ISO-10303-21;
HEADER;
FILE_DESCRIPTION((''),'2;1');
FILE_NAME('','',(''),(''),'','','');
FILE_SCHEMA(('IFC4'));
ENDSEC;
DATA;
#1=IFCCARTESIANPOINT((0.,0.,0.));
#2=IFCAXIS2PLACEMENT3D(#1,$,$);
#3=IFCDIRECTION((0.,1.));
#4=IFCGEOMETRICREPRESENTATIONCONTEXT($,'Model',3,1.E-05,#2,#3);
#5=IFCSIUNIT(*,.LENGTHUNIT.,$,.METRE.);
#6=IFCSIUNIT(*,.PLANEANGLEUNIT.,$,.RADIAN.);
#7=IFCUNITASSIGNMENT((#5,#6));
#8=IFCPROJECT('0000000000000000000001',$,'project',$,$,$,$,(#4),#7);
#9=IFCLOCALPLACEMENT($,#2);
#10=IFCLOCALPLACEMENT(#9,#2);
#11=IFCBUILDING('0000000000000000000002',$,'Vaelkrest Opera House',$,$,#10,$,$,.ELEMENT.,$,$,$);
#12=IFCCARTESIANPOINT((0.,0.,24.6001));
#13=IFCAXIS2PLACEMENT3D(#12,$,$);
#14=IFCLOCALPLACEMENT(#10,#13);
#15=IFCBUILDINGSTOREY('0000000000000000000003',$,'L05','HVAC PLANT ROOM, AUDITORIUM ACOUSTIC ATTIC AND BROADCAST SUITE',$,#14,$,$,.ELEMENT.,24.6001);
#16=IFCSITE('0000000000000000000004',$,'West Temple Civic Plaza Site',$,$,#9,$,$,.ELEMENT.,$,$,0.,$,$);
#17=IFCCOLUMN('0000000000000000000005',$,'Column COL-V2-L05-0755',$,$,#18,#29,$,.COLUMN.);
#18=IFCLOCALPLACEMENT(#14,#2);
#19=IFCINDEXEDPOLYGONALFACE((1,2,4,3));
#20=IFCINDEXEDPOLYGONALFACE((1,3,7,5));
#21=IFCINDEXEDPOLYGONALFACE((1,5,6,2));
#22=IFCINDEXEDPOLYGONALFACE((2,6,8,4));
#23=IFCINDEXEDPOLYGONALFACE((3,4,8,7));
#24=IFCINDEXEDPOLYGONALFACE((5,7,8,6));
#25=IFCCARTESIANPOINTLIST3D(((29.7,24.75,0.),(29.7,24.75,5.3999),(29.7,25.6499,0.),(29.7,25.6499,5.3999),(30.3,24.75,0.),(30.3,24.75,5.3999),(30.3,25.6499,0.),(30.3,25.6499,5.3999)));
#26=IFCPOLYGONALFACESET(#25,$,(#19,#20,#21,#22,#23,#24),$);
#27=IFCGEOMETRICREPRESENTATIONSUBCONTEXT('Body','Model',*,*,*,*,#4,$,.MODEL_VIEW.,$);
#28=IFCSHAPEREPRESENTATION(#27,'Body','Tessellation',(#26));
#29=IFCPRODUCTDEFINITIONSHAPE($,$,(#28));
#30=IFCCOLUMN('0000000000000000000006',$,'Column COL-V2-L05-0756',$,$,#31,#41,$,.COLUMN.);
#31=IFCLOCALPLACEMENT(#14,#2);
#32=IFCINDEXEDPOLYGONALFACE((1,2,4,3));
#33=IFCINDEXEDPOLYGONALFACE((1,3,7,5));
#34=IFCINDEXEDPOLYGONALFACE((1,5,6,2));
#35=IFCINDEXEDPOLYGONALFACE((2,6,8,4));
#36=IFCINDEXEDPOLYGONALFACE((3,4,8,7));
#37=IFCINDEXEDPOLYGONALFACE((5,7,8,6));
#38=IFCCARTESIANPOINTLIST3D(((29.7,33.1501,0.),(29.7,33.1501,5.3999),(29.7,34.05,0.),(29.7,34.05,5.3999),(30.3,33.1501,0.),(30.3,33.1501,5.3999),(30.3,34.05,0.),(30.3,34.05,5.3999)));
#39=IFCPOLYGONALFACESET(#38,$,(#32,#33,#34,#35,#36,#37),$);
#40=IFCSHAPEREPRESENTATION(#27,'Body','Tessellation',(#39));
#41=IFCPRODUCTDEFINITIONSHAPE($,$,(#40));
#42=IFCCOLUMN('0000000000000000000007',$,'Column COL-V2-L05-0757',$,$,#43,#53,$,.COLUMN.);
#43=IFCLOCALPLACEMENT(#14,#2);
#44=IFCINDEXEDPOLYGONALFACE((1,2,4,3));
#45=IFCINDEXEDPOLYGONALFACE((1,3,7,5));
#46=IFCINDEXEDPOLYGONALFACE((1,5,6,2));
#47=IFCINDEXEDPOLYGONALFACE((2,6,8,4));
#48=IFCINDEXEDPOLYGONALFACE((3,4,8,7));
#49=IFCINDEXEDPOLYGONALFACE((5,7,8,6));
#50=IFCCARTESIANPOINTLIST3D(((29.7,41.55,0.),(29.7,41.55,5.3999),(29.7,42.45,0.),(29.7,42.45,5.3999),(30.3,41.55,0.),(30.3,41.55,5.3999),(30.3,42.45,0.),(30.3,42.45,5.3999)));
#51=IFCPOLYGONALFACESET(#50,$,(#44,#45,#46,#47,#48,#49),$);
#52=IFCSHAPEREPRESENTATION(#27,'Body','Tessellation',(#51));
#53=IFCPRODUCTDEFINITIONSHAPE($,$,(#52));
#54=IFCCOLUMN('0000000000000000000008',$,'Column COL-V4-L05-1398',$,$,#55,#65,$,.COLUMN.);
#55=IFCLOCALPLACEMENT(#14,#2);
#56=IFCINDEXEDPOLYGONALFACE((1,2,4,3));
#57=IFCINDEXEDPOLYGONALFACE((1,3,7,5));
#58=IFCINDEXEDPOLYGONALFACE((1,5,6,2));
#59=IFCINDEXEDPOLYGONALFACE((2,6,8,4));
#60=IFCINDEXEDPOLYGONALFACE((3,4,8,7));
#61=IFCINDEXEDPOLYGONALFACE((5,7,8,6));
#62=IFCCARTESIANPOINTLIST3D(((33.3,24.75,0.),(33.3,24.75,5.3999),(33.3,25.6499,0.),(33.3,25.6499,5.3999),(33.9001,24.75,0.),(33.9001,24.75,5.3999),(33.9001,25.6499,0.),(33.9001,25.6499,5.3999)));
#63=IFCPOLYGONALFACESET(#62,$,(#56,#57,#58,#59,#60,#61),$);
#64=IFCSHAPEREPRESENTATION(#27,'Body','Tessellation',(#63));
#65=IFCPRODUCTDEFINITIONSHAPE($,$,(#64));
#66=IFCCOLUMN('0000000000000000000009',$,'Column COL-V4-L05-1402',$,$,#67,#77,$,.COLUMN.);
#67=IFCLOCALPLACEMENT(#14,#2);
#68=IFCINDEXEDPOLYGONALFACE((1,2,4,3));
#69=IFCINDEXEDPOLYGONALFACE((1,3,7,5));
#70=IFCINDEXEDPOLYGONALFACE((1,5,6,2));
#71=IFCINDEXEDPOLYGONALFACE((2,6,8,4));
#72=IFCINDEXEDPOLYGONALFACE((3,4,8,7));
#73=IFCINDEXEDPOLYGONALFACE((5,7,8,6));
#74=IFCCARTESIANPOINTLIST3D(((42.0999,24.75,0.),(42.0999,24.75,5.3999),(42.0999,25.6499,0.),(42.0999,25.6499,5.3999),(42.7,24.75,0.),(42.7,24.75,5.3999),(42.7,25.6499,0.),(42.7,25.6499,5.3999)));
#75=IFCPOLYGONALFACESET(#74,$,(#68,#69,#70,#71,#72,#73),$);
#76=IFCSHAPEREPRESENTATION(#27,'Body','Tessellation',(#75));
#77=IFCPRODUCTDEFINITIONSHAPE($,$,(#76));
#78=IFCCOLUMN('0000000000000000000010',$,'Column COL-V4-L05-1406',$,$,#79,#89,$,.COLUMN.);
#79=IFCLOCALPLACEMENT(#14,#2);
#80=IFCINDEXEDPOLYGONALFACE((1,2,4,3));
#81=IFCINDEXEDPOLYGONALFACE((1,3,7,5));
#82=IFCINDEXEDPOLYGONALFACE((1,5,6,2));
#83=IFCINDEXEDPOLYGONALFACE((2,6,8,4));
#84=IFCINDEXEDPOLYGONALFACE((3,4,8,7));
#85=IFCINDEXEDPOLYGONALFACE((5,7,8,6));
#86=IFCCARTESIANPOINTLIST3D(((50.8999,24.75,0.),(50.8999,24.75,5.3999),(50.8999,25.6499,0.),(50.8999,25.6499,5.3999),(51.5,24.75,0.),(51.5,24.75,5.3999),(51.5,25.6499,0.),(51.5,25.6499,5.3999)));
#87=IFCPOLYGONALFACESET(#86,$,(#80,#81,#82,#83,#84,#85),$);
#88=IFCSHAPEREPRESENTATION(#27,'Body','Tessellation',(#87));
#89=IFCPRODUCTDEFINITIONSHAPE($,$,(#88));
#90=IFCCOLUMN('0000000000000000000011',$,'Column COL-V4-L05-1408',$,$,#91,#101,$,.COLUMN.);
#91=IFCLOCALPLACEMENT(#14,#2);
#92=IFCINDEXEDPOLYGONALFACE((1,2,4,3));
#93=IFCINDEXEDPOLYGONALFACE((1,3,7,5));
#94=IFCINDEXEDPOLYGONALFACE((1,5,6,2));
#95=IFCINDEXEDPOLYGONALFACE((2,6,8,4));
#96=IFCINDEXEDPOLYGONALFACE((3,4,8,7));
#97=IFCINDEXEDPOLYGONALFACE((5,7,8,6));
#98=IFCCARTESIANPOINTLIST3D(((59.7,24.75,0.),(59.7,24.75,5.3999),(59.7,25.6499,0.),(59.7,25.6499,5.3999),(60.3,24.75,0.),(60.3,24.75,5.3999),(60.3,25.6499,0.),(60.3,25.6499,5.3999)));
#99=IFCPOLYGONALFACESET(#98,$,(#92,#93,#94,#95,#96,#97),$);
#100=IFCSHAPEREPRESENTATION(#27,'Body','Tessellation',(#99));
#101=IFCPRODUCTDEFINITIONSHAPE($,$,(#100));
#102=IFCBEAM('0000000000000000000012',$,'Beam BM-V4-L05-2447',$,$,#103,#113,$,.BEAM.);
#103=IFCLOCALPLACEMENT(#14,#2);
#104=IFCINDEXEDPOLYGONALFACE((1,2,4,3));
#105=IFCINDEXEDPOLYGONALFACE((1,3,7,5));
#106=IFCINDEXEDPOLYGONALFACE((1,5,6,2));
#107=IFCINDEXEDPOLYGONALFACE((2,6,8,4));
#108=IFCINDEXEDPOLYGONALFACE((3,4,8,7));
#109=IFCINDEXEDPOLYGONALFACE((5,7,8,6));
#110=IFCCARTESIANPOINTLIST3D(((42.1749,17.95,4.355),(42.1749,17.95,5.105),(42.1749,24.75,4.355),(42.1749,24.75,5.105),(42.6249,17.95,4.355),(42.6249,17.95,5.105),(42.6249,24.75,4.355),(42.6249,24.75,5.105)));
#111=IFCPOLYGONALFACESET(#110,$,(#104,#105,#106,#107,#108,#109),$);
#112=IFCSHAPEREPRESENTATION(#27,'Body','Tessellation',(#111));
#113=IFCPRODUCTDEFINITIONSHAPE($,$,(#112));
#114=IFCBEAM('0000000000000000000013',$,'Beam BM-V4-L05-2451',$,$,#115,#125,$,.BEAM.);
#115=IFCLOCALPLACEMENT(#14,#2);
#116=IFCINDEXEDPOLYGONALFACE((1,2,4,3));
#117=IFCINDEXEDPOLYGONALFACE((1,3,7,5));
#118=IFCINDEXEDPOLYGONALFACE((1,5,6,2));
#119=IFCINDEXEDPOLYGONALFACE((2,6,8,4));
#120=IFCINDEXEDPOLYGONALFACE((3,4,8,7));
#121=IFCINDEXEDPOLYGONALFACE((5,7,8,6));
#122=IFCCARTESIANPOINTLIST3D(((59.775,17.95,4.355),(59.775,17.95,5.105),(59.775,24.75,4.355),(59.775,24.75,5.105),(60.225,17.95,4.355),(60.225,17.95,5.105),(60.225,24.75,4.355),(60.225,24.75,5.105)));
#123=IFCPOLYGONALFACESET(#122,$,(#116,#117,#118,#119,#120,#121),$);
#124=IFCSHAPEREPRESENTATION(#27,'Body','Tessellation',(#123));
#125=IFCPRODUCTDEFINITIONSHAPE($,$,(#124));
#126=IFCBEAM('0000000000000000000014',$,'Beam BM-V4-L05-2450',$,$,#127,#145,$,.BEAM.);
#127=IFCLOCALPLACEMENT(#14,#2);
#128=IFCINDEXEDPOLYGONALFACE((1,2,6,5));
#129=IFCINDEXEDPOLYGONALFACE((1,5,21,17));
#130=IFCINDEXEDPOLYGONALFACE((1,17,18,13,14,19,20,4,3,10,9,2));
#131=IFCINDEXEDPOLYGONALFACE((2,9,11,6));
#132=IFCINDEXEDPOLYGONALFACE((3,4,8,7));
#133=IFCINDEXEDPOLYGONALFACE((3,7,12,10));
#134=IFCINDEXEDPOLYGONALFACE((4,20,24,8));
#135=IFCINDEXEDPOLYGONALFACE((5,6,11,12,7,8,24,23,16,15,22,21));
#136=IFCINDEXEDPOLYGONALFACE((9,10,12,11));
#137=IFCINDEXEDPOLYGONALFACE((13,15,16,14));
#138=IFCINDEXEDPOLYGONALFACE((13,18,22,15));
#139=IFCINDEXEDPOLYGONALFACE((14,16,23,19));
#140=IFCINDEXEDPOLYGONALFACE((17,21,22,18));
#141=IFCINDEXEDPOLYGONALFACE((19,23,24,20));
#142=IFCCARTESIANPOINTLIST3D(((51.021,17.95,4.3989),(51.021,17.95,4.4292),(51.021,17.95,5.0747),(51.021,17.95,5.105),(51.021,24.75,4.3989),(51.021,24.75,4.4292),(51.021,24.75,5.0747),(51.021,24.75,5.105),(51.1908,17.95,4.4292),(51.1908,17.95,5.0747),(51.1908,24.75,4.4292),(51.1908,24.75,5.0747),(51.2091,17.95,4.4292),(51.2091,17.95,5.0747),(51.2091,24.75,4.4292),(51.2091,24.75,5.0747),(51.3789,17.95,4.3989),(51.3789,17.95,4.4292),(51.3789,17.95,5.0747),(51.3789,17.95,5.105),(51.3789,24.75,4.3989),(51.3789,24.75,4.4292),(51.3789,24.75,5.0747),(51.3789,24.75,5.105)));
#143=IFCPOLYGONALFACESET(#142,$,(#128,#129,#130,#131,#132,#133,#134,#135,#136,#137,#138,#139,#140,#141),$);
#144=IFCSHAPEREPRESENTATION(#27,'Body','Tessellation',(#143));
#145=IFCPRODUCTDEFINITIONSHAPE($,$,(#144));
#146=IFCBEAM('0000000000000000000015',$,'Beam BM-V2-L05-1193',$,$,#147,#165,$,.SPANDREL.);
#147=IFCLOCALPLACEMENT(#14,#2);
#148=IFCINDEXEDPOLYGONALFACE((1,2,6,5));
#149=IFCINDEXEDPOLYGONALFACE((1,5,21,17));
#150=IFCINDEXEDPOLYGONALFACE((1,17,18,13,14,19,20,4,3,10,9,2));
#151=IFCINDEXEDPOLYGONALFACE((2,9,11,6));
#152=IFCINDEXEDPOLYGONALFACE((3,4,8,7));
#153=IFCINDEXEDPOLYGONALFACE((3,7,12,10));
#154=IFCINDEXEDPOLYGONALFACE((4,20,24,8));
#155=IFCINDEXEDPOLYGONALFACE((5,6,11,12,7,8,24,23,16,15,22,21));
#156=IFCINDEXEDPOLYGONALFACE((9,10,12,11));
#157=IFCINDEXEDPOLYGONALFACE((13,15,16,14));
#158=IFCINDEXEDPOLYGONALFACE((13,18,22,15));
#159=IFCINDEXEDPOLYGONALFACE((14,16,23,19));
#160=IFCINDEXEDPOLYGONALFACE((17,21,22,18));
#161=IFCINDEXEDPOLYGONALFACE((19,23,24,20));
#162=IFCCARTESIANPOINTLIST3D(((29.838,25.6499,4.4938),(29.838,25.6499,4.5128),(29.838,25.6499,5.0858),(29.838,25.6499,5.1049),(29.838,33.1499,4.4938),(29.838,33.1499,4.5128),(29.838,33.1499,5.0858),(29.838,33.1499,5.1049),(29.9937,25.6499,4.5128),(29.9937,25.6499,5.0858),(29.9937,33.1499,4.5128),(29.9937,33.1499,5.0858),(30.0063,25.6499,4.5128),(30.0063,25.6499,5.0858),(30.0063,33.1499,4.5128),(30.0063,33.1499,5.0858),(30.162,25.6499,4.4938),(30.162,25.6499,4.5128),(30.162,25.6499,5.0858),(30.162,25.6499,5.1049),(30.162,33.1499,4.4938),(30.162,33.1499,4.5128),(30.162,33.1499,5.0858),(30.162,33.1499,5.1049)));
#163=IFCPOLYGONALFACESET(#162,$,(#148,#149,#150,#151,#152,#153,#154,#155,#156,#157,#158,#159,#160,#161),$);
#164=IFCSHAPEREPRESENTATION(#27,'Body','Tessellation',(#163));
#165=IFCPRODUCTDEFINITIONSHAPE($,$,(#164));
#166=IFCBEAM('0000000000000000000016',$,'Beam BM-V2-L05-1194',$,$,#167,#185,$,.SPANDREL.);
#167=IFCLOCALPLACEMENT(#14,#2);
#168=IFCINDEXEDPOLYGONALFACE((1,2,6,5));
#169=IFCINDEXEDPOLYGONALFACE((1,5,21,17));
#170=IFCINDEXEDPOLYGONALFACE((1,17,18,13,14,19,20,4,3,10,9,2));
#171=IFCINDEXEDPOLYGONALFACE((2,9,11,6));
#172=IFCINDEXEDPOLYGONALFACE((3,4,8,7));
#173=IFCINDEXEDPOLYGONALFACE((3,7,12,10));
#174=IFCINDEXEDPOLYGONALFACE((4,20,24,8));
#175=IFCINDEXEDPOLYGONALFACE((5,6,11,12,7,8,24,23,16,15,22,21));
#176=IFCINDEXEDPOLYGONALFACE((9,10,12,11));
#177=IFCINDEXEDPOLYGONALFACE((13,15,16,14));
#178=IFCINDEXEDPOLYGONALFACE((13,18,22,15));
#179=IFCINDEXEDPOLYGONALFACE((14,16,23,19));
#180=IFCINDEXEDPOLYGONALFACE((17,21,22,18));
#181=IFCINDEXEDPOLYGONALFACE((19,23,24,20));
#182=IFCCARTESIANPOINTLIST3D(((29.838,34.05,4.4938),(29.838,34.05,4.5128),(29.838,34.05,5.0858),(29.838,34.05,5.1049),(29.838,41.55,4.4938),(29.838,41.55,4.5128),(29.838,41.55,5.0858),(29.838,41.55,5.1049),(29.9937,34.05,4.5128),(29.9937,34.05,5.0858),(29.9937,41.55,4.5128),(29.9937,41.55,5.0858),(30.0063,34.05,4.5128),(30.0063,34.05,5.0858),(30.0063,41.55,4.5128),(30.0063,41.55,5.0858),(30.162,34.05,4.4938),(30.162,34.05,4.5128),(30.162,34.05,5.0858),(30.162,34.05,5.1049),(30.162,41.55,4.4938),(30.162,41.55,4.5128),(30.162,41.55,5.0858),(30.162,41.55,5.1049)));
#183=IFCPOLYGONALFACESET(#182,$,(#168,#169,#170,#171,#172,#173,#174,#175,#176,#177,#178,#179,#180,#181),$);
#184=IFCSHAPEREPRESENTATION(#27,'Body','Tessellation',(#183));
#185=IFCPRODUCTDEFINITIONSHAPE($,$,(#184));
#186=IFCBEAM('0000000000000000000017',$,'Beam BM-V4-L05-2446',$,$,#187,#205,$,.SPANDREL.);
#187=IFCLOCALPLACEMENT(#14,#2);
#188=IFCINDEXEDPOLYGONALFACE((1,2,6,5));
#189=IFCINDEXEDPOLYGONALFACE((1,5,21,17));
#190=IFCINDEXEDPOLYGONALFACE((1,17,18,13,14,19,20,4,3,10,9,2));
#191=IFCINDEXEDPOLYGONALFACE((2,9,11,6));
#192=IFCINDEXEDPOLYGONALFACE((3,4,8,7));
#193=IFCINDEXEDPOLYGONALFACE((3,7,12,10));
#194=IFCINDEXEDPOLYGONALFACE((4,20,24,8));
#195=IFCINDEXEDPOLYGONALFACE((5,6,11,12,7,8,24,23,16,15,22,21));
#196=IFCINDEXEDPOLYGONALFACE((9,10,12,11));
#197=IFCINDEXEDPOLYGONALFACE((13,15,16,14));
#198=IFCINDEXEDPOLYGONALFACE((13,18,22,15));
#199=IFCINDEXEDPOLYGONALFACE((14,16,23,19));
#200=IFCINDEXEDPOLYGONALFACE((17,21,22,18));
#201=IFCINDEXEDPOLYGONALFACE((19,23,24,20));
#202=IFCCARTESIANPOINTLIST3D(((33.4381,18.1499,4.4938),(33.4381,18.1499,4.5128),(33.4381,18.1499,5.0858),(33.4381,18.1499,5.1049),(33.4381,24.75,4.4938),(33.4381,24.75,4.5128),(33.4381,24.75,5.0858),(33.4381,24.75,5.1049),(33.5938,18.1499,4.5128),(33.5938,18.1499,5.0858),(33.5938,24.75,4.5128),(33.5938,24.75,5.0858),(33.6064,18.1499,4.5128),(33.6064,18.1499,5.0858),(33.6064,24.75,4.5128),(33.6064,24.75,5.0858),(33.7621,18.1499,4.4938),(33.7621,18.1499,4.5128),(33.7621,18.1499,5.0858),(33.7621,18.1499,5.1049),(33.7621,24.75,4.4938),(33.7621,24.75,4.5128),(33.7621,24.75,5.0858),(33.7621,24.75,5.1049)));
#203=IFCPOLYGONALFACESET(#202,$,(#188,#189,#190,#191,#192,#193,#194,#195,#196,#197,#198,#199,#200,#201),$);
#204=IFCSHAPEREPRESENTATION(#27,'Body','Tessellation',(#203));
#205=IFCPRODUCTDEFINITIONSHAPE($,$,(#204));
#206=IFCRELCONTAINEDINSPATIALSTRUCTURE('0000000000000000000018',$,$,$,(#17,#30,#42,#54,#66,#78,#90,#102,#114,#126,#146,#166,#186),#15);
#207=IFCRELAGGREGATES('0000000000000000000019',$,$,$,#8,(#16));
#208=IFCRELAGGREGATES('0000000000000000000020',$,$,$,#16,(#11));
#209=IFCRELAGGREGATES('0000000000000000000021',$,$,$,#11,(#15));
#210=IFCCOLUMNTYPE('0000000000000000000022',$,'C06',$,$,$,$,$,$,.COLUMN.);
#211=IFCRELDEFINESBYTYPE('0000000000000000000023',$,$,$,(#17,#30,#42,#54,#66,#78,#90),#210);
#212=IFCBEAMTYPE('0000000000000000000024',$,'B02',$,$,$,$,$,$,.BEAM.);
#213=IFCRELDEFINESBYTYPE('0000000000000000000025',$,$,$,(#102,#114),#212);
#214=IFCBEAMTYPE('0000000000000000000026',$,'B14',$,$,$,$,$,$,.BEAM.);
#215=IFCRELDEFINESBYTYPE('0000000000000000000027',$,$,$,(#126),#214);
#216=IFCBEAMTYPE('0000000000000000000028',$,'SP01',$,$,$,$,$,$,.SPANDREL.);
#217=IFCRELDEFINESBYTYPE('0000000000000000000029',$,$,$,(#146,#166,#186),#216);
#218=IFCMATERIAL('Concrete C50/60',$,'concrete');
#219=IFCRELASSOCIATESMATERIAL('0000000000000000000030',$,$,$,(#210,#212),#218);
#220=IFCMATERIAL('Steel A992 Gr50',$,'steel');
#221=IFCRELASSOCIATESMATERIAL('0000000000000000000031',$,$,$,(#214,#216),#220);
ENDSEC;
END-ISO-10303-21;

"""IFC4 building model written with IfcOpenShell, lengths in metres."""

from ifc_helpers import new_model, si_unit, direction, frame, origin, origin_2d, place, context, subcontext, project, spatial, rectangle, i_section, extrude, material, material_profile, profile_set, type_object, element, save


model = new_model("IFC4")

# Units and contexts
model_context = context("Model", 3, precision=1e-05, world=origin(), true_north=direction((0.0, 1.0)))
body_context = subcontext(model_context, "Body", "Model", "MODEL_VIEW")
ifc_project = project(units=[si_unit("LENGTHUNIT", "METRE"), si_unit("PLANEANGLEUNIT", "RADIAN")], contexts=[model_context])

# Site, building, storey
site_placement = place(None, origin())
site = spatial("IfcSite", under=ifc_project, at=site_placement, Name="West Temple Civic Plaza Site", CompositionType="ELEMENT", RefElevation=0.0)
building_placement = place(site_placement, origin())
building = spatial("IfcBuilding", under=site, at=building_placement, Name="Vaelkrest Opera House", CompositionType="ELEMENT")
storey_placement = place(building_placement, frame((0.0, 0.0, 24.6001)))
storey = spatial("IfcBuildingStorey", under=building, at=storey_placement, Name="L05", Description="HVAC PLANT ROOM, AUDITORIUM ACOUSTIC ATTIC AND BROADCAST SUITE", CompositionType="ELEMENT", Elevation=24.6001)

# Columns
ifc_material_1 = material(Name="Concrete C50/60", Category="concrete")
ifc_material_profile_1 = material_profile(ifc_material_1, rectangle(XDim=0.6001, YDim=0.8999, at=origin_2d()), Name="RC600X900")
ifc_profile_set_1 = profile_set([ifc_material_profile_1], Name="Concrete C50/60")
column_type = type_object("IfcColumnType", Name="C06", PredefinedType="COLUMN", material=ifc_profile_set_1)
for number, where, z_axis, x_axis, name in (
    (1, (30.0, 25.2, 0.0), (0.0, 0.0, 1.0), (1.0, 0.0, 0.0), "Column COL-V2-L05-0755"),
    (2, (30.0, 33.6001, 0.0), (0.0, 0.0, 1.0), (1.0, 0.0, 0.0), "Column COL-V2-L05-0756"),
    (3, (30.0, 42.0, 0.0), (0.0, 0.0, 1.0), (1.0, 0.0, 0.0), "Column COL-V2-L05-0757"),
    (4, (33.6001, 25.2, 0.0), (0.0, 0.0, 1.0), (1.0, 0.0, 0.0), "Column COL-V4-L05-1398"),
    (5, (42.3999, 25.2, 0.0), (0.0, 0.0, 1.0), (1.0, 0.0, 0.0), "Column COL-V4-L05-1402"),
    (6, (51.2, 25.2, 0.0), (0.0, 0.0, 1.0), (1.0, 0.0, 0.0), "Column COL-V4-L05-1406"),
    (7, (60.0, 25.2, 0.0), (0.0, 0.0, 1.0), (1.0, 0.0, 0.0), "Column COL-V4-L05-1408"),
):
    element("IfcColumn", number, at=place(storey_placement, frame(where, z_axis=z_axis, x_axis=x_axis)), inside=storey, type_object=column_type, Name=name, PredefinedType="COLUMN", context=body_context, shape_type="SweptSolid", body=[
        extrude(rectangle(XDim=0.6001, YDim=0.8999, at=origin_2d()), origin(), (0.0, 0.0, 1.0), 5.3999),
    ])

# Beams
ifc_material_profile_2 = material_profile(ifc_material_1, rectangle(XDim=0.45, YDim=0.75, at=origin_2d()), Name="RCB450X750")
ifc_profile_set_2 = profile_set([ifc_material_profile_2], Name="Concrete C50/60")
beam_type_1 = type_object("IfcBeamType", Name="B02", PredefinedType="BEAM", material=ifc_profile_set_2)
for number, where, z_axis, x_axis, name in (
    (8, (42.3999, 17.95, 4.73), (0.0, 1.0, 0.0), (-1.0, 0.0, 0.0), "Beam BM-V4-L05-2447"),
    (9, (60.0, 17.95, 4.73), (0.0, 1.0, 0.0), (-1.0, 0.0, 0.0), "Beam BM-V4-L05-2451"),
):
    element("IfcBeam", number, at=place(storey_placement, frame(where, z_axis=z_axis, x_axis=x_axis)), inside=storey, type_object=beam_type_1, Name=name, PredefinedType="BEAM", context=body_context, shape_type="SweptSolid", body=[
        extrude(rectangle(XDim=0.45, YDim=0.75, at=origin_2d()), origin(), (0.0, 0.0, 1.0), 6.8),
    ])
ifc_material_2 = material(Name="Steel A992 Gr50", Category="steel")
ifc_material_profile_3 = material_profile(ifc_material_2, i_section(OverallWidth=0.3579, OverallDepth=0.7061, WebThickness=0.0183, FlangeThickness=0.0303, at=origin_2d()), Name="W27X178")
ifc_profile_set_3 = profile_set([ifc_material_profile_3], Name="Steel A992 Gr50")
beam_type_2 = type_object("IfcBeamType", Name="B14", PredefinedType="BEAM", material=ifc_profile_set_3)
beam_1_placement = place(storey_placement, frame((51.2, 17.95, 4.752), z_axis=(0.0, 1.0, 0.0), x_axis=(-1.0, 0.0, 0.0)))
element("IfcBeam", 10, at=beam_1_placement, inside=storey, type_object=beam_type_2, Name="Beam BM-V4-L05-2450", PredefinedType="BEAM", context=body_context, shape_type="SweptSolid", body=[
    extrude(i_section(OverallWidth=0.3579, OverallDepth=0.7061, WebThickness=0.0183, FlangeThickness=0.0303, at=origin_2d()), origin(), (0.0, 0.0, 1.0), 6.8),
])
ifc_material_profile_4 = material_profile(ifc_material_2, i_section(OverallWidth=0.324, OverallDepth=0.6111, WebThickness=0.0127, FlangeThickness=0.019, at=origin_2d()), Name="W24X104")
ifc_profile_set_4 = profile_set([ifc_material_profile_4], Name="Steel A992 Gr50")
beam_type_3 = type_object("IfcBeamType", Name="SP01", PredefinedType="SPANDREL", material=ifc_profile_set_4)
for number, where, z_axis, x_axis, name in (
    (11, (30.0, 25.6499, 4.7993), (0.0, 1.0, 0.0), (-1.0, 0.0, 0.0), "Beam BM-V2-L05-1193"),
    (12, (30.0, 34.05, 4.7993), (0.0, 1.0, 0.0), (-1.0, 0.0, 0.0), "Beam BM-V2-L05-1194"),
):
    element("IfcBeam", number, at=place(storey_placement, frame(where, z_axis=z_axis, x_axis=x_axis)), inside=storey, type_object=beam_type_3, Name=name, PredefinedType="SPANDREL", context=body_context, shape_type="SweptSolid", body=[
        extrude(i_section(OverallWidth=0.324, OverallDepth=0.6111, WebThickness=0.0127, FlangeThickness=0.019, at=origin_2d()), origin(), (0.0, 0.0, 1.0), 7.5),
    ])
beam_2_placement = place(storey_placement, frame((33.6001, 18.1499, 4.7993), z_axis=(0.0, 1.0, 0.0), x_axis=(-1.0, 0.0, 0.0)))
element("IfcBeam", 13, at=beam_2_placement, inside=storey, type_object=beam_type_3, Name="Beam BM-V4-L05-2446", PredefinedType="SPANDREL", context=body_context, shape_type="SweptSolid", body=[
    extrude(i_section(OverallWidth=0.324, OverallDepth=0.6111, WebThickness=0.0127, FlangeThickness=0.019, at=origin_2d()), origin(), (0.0, 0.0, 1.0), 6.6001),
])

save(model, "model.ifc")
